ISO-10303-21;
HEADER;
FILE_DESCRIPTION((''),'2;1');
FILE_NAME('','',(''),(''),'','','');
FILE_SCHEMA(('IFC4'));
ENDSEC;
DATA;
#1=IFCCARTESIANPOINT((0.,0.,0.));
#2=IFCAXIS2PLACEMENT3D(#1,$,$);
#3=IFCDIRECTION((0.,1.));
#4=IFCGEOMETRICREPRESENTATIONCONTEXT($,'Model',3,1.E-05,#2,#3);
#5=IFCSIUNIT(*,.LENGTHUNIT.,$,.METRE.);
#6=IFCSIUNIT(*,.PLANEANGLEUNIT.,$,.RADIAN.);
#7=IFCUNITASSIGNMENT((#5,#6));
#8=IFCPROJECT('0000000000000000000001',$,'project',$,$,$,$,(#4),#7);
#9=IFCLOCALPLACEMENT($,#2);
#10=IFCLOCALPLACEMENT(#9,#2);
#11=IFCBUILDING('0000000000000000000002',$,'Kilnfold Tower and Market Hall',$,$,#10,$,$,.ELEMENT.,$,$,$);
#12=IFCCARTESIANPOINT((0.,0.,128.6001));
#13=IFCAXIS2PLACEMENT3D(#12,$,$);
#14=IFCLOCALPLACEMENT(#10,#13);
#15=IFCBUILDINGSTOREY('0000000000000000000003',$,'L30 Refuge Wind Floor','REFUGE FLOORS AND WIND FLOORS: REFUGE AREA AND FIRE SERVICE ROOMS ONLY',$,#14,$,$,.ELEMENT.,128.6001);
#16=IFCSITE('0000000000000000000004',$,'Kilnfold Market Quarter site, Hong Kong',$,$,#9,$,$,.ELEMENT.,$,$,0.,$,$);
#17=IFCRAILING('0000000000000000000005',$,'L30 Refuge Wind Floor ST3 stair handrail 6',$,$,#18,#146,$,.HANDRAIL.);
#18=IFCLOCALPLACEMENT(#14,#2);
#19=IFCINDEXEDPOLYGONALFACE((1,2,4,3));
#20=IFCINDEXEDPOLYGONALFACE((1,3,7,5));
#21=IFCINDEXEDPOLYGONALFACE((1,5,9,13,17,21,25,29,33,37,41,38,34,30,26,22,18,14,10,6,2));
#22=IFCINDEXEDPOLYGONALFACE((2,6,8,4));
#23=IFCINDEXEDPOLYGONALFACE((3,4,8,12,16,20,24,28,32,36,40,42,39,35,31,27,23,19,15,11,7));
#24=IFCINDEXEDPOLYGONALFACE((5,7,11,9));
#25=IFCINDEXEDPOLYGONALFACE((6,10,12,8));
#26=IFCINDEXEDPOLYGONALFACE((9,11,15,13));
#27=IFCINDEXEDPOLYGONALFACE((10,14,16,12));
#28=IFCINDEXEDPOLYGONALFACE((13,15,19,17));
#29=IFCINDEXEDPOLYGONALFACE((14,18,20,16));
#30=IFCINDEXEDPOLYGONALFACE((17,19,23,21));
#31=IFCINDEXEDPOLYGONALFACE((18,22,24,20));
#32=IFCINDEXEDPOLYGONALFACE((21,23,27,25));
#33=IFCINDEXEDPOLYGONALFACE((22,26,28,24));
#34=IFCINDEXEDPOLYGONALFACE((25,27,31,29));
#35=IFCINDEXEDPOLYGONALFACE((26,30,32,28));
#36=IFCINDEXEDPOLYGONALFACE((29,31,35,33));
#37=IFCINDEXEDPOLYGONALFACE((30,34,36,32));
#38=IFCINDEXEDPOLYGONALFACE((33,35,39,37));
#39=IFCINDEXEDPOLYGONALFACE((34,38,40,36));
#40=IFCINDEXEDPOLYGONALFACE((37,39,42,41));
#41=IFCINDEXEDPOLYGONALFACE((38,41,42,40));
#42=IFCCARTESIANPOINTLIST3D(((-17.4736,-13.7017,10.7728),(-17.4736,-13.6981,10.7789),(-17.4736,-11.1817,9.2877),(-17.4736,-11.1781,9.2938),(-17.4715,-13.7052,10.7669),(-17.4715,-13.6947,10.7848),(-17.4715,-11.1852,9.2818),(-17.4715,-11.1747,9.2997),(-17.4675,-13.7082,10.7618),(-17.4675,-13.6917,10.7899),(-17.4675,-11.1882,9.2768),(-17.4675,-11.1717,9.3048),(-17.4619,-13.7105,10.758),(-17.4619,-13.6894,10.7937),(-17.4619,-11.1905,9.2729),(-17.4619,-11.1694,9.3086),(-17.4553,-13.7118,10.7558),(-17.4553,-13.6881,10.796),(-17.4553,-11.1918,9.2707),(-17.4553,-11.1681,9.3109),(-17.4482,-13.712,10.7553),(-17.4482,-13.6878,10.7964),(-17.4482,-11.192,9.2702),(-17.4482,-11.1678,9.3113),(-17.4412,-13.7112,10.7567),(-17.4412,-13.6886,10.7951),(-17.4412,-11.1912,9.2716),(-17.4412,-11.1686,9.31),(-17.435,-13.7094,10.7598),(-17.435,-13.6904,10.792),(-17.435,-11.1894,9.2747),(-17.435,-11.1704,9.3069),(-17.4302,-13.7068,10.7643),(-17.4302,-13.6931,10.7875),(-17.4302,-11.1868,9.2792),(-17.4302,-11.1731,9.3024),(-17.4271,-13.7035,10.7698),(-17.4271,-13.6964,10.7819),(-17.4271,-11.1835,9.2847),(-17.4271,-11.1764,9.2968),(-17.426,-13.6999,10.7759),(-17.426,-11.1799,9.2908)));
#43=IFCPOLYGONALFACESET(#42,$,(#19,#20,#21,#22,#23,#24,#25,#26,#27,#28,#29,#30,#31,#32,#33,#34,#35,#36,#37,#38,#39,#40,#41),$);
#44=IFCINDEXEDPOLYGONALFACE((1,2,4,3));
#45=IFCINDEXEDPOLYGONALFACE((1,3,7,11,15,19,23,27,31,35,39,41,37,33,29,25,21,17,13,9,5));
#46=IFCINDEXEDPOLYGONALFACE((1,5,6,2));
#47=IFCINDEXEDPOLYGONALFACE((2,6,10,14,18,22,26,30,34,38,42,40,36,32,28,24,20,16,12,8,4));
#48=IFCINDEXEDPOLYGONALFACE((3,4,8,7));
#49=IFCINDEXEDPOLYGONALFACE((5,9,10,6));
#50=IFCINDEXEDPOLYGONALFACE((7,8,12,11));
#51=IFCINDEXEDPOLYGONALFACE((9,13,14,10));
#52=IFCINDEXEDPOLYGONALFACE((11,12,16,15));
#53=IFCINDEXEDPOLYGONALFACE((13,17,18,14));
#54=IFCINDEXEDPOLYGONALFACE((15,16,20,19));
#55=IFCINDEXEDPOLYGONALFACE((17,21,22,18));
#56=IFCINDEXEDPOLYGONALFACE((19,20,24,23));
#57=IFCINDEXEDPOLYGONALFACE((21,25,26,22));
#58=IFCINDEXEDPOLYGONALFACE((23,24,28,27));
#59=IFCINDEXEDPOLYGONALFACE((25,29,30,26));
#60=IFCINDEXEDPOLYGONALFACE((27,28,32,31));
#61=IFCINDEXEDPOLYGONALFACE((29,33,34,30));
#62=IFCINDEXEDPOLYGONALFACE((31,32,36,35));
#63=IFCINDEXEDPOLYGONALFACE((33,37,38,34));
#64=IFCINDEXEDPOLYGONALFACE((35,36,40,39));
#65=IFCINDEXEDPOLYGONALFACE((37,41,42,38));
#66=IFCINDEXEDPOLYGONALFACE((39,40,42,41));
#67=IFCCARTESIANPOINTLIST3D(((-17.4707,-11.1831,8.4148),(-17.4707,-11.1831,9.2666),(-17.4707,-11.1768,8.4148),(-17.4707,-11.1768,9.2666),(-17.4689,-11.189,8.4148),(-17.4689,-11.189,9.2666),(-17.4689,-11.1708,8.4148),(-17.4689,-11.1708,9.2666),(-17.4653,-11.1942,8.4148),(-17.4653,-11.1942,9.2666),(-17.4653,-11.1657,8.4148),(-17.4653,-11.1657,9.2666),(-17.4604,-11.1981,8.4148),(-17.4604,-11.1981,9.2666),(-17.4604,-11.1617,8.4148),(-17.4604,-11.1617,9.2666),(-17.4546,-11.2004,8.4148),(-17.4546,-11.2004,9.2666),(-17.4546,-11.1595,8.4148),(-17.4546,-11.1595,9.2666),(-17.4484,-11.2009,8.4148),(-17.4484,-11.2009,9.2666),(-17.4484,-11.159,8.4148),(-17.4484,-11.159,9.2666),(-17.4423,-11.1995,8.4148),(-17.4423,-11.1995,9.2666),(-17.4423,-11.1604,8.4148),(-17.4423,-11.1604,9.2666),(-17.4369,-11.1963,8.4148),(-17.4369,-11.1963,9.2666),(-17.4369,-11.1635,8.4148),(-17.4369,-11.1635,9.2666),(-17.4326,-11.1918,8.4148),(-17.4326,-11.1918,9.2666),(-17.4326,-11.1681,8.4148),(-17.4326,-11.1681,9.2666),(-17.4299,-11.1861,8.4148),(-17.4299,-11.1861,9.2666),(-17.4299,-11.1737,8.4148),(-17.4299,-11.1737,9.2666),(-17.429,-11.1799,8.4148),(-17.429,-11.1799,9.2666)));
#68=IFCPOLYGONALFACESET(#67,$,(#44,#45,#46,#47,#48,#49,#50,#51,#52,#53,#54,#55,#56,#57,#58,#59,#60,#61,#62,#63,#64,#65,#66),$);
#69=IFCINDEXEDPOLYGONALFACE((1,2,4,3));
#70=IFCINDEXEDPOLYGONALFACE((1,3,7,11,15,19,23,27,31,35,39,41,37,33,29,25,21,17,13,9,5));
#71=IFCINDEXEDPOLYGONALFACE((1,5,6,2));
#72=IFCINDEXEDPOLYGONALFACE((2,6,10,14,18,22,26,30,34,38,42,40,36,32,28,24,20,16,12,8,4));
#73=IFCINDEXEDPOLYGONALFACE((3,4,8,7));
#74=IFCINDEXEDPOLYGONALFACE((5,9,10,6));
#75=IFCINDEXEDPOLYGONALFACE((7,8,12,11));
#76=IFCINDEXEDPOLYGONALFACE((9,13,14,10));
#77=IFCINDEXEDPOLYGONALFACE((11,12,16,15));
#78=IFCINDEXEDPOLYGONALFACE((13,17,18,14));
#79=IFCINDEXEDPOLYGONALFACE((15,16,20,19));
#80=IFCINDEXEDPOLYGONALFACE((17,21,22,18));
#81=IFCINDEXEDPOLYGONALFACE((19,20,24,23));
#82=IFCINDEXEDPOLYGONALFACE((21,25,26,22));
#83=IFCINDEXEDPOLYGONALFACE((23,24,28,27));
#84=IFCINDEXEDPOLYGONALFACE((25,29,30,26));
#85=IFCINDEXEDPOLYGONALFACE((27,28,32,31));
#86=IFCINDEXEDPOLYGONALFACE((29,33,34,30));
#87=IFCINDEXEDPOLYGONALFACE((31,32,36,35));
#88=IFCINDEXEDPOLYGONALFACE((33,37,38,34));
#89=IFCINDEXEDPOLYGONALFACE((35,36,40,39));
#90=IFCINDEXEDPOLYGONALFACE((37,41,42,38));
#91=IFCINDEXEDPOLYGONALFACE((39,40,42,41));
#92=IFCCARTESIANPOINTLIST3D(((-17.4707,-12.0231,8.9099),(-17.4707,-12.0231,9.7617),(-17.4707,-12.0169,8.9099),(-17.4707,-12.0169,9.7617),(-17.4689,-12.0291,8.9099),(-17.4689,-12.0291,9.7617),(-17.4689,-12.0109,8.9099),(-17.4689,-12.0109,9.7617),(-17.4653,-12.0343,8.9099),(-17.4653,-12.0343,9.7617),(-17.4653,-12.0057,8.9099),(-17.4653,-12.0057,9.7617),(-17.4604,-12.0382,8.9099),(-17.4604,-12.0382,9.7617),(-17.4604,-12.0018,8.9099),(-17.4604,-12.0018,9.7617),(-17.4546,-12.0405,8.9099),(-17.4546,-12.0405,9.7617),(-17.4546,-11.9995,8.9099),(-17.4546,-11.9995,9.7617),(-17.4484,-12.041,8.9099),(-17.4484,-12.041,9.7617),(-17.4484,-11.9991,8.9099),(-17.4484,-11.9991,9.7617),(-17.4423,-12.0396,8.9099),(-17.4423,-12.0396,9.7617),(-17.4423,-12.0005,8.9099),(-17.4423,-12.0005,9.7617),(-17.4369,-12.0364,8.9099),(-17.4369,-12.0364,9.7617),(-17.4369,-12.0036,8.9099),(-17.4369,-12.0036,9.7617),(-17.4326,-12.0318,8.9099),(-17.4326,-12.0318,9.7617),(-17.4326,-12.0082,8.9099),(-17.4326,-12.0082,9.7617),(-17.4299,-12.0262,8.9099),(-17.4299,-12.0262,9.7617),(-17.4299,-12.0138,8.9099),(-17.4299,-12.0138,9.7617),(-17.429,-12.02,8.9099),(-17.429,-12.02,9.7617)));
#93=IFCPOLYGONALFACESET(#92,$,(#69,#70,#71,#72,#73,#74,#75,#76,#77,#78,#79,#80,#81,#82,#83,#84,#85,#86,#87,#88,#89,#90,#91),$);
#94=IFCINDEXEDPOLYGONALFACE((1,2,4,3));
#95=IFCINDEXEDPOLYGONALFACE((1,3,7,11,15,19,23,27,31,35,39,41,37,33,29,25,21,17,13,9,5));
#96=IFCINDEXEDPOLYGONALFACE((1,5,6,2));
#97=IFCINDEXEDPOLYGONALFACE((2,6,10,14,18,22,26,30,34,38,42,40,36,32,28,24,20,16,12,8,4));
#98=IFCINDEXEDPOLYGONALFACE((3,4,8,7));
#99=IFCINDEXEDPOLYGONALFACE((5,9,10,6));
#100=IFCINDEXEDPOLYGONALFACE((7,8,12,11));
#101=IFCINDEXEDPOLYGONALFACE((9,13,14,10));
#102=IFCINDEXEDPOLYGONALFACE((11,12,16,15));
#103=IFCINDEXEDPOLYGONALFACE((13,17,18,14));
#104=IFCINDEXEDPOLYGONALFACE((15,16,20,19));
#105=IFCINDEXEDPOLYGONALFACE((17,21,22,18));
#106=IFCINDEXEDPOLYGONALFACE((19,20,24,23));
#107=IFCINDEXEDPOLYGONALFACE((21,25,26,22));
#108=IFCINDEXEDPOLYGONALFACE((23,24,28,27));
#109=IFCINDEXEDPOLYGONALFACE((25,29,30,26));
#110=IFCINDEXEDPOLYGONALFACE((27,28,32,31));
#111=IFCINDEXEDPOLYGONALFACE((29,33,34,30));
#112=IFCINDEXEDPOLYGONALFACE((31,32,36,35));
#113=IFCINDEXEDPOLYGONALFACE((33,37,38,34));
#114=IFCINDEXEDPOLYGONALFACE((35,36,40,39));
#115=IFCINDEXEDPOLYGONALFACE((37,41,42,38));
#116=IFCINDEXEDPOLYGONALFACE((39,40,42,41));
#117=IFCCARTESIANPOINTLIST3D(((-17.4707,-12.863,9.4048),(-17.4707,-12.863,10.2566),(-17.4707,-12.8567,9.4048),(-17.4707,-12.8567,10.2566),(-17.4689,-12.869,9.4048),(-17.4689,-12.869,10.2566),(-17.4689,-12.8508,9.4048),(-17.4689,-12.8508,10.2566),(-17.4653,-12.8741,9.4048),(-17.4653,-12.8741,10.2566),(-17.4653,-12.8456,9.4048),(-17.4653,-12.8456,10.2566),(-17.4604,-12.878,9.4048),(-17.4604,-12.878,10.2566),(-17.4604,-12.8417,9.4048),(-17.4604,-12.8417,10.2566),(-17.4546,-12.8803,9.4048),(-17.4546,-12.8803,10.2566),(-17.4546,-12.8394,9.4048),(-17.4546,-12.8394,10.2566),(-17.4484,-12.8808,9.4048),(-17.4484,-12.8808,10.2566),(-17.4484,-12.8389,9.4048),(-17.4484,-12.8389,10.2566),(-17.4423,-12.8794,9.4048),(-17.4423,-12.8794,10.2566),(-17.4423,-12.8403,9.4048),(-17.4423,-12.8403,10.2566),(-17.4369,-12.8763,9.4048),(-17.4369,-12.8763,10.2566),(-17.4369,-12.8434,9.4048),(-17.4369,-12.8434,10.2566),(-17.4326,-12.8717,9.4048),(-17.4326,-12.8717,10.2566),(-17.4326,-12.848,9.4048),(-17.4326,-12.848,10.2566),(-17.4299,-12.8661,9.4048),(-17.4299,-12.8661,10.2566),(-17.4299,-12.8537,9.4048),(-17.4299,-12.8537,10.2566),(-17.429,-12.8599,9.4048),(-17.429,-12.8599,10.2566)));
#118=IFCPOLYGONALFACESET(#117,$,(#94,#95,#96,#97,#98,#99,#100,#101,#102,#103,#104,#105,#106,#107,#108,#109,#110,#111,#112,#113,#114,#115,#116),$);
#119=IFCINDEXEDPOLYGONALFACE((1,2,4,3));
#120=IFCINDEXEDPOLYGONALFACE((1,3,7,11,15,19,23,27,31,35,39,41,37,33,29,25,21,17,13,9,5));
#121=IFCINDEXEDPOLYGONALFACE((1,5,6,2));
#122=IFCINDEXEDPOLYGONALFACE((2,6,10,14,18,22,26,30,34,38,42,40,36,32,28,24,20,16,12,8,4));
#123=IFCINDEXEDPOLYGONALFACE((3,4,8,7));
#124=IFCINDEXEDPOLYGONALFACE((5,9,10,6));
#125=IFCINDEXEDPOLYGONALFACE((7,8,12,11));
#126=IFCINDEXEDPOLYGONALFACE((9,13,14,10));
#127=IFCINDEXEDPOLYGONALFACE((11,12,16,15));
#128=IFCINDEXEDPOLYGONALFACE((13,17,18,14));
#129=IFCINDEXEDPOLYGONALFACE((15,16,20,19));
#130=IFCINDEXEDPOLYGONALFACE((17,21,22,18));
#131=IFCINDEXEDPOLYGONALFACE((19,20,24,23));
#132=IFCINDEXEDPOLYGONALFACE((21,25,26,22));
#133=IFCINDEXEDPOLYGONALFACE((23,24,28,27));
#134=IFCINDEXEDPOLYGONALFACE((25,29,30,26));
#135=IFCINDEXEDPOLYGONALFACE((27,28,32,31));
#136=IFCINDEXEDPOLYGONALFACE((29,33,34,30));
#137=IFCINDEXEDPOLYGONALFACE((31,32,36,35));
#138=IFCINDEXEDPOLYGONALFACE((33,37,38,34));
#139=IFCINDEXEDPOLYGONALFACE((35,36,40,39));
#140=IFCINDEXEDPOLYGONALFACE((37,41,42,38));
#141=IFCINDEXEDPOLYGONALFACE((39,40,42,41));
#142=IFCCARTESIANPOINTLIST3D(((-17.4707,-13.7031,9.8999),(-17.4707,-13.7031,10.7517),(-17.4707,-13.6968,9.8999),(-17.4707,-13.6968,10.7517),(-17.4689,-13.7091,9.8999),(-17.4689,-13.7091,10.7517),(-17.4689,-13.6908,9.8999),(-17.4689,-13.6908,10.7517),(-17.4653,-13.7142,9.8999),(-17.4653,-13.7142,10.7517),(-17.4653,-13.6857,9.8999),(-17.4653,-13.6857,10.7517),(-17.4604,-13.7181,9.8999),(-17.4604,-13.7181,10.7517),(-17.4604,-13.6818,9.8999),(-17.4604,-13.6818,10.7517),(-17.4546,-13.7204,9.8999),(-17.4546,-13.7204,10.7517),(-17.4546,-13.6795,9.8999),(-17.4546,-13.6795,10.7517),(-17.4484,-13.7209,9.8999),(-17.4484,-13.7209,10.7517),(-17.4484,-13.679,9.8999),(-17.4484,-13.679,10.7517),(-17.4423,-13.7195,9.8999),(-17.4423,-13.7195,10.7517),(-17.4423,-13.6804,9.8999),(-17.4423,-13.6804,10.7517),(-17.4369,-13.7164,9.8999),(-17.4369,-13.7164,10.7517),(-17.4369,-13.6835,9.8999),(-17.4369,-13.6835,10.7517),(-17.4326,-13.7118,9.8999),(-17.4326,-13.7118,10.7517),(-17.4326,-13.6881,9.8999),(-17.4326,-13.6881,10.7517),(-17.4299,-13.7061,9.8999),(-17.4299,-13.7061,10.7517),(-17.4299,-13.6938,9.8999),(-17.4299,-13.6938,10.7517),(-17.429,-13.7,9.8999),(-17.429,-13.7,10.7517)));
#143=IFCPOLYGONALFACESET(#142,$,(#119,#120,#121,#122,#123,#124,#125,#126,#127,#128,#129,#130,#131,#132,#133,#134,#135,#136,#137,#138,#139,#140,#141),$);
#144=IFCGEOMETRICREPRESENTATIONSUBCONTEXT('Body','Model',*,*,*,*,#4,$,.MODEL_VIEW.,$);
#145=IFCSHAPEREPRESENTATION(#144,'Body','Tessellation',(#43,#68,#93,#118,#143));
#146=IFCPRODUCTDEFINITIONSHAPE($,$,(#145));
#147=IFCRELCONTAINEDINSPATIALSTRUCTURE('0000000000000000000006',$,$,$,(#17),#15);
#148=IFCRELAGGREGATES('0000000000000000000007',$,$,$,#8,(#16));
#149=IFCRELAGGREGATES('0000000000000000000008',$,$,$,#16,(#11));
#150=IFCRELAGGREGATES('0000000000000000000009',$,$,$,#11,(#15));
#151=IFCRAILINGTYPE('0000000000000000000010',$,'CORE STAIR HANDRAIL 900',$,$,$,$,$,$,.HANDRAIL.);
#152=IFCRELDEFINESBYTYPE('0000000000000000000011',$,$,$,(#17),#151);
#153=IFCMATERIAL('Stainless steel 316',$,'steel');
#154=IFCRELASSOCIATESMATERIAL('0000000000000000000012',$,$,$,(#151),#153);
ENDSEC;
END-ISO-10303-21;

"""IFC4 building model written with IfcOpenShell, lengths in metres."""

from ifc_helpers import new_model, si_unit, direction, frame, origin, origin_2d, place, context, subcontext, project, spatial, circle, extrude, material, type_object, element, save


model = new_model("IFC4")

# Units and contexts
model_context = context("Model", 3, precision=1e-05, world=origin(), true_north=direction((0.0, 1.0)))
body_context = subcontext(model_context, "Body", "Model", "MODEL_VIEW")
ifc_project = project(units=[si_unit("LENGTHUNIT", "METRE"), si_unit("PLANEANGLEUNIT", "RADIAN")], contexts=[model_context])

# Site, building, storey
site_placement = place(None, origin())
site = spatial("IfcSite", under=ifc_project, at=site_placement, Name="Kilnfold Market Quarter site, Hong Kong", CompositionType="ELEMENT", RefElevation=0.0)
building_placement = place(site_placement, origin())
building = spatial("IfcBuilding", under=site, at=building_placement, Name="Kilnfold Tower and Market Hall", CompositionType="ELEMENT")
storey_placement = place(building_placement, frame((0.0, 0.0, 128.6001)))
storey = spatial("IfcBuildingStorey", under=building, at=storey_placement, Name="L30 Refuge Wind Floor", Description="REFUGE FLOORS AND WIND FLOORS: REFUGE AREA AND FIRE SERVICE ROOMS ONLY", CompositionType="ELEMENT", Elevation=128.6001)

# Railing
ifc_material_1 = material(Name="Stainless steel 316", Category="steel")
railing_type_1 = type_object("IfcRailingType", Name="CORE STAIR HANDRAIL 900", PredefinedType="HANDRAIL", material=ifc_material_1)
railing_1_placement = place(storey_placement, frame((-17.45, -11.1799, 8.4148)))
element("IfcRailing", 1, at=railing_1_placement, inside=storey, type_object=railing_type_1, Name="L30 Refuge Wind Floor ST3 stair handrail 6", PredefinedType="HANDRAIL", context=body_context, shape_type="SweptSolid", body=[
    extrude(circle(Radius=0.0239, at=origin_2d()), frame((0.0, 0.0, 0.876), z_axis=(0.0, -0.861524, 0.507717), x_axis=(1.0, 0.0, 0.0)), (0.0, 0.0, 1.0), 2.925),
    extrude(circle(Radius=0.021, at=origin_2d()), origin(), (0.0, 0.0, 1.0), 0.8518),
    extrude(circle(Radius=0.021, at=origin_2d()), frame((0.0, -0.8401, 0.4951)), (0.0, 0.0, 1.0), 0.8518),
    extrude(circle(Radius=0.021, at=origin_2d()), frame((0.0, -1.6799, 0.99)), (0.0, 0.0, 1.0), 0.8518),
    extrude(circle(Radius=0.021, at=origin_2d()), frame((0.0, -2.52, 1.4851)), (0.0, 0.0, 1.0), 0.8518),
])

save(model, "model.ifc")
